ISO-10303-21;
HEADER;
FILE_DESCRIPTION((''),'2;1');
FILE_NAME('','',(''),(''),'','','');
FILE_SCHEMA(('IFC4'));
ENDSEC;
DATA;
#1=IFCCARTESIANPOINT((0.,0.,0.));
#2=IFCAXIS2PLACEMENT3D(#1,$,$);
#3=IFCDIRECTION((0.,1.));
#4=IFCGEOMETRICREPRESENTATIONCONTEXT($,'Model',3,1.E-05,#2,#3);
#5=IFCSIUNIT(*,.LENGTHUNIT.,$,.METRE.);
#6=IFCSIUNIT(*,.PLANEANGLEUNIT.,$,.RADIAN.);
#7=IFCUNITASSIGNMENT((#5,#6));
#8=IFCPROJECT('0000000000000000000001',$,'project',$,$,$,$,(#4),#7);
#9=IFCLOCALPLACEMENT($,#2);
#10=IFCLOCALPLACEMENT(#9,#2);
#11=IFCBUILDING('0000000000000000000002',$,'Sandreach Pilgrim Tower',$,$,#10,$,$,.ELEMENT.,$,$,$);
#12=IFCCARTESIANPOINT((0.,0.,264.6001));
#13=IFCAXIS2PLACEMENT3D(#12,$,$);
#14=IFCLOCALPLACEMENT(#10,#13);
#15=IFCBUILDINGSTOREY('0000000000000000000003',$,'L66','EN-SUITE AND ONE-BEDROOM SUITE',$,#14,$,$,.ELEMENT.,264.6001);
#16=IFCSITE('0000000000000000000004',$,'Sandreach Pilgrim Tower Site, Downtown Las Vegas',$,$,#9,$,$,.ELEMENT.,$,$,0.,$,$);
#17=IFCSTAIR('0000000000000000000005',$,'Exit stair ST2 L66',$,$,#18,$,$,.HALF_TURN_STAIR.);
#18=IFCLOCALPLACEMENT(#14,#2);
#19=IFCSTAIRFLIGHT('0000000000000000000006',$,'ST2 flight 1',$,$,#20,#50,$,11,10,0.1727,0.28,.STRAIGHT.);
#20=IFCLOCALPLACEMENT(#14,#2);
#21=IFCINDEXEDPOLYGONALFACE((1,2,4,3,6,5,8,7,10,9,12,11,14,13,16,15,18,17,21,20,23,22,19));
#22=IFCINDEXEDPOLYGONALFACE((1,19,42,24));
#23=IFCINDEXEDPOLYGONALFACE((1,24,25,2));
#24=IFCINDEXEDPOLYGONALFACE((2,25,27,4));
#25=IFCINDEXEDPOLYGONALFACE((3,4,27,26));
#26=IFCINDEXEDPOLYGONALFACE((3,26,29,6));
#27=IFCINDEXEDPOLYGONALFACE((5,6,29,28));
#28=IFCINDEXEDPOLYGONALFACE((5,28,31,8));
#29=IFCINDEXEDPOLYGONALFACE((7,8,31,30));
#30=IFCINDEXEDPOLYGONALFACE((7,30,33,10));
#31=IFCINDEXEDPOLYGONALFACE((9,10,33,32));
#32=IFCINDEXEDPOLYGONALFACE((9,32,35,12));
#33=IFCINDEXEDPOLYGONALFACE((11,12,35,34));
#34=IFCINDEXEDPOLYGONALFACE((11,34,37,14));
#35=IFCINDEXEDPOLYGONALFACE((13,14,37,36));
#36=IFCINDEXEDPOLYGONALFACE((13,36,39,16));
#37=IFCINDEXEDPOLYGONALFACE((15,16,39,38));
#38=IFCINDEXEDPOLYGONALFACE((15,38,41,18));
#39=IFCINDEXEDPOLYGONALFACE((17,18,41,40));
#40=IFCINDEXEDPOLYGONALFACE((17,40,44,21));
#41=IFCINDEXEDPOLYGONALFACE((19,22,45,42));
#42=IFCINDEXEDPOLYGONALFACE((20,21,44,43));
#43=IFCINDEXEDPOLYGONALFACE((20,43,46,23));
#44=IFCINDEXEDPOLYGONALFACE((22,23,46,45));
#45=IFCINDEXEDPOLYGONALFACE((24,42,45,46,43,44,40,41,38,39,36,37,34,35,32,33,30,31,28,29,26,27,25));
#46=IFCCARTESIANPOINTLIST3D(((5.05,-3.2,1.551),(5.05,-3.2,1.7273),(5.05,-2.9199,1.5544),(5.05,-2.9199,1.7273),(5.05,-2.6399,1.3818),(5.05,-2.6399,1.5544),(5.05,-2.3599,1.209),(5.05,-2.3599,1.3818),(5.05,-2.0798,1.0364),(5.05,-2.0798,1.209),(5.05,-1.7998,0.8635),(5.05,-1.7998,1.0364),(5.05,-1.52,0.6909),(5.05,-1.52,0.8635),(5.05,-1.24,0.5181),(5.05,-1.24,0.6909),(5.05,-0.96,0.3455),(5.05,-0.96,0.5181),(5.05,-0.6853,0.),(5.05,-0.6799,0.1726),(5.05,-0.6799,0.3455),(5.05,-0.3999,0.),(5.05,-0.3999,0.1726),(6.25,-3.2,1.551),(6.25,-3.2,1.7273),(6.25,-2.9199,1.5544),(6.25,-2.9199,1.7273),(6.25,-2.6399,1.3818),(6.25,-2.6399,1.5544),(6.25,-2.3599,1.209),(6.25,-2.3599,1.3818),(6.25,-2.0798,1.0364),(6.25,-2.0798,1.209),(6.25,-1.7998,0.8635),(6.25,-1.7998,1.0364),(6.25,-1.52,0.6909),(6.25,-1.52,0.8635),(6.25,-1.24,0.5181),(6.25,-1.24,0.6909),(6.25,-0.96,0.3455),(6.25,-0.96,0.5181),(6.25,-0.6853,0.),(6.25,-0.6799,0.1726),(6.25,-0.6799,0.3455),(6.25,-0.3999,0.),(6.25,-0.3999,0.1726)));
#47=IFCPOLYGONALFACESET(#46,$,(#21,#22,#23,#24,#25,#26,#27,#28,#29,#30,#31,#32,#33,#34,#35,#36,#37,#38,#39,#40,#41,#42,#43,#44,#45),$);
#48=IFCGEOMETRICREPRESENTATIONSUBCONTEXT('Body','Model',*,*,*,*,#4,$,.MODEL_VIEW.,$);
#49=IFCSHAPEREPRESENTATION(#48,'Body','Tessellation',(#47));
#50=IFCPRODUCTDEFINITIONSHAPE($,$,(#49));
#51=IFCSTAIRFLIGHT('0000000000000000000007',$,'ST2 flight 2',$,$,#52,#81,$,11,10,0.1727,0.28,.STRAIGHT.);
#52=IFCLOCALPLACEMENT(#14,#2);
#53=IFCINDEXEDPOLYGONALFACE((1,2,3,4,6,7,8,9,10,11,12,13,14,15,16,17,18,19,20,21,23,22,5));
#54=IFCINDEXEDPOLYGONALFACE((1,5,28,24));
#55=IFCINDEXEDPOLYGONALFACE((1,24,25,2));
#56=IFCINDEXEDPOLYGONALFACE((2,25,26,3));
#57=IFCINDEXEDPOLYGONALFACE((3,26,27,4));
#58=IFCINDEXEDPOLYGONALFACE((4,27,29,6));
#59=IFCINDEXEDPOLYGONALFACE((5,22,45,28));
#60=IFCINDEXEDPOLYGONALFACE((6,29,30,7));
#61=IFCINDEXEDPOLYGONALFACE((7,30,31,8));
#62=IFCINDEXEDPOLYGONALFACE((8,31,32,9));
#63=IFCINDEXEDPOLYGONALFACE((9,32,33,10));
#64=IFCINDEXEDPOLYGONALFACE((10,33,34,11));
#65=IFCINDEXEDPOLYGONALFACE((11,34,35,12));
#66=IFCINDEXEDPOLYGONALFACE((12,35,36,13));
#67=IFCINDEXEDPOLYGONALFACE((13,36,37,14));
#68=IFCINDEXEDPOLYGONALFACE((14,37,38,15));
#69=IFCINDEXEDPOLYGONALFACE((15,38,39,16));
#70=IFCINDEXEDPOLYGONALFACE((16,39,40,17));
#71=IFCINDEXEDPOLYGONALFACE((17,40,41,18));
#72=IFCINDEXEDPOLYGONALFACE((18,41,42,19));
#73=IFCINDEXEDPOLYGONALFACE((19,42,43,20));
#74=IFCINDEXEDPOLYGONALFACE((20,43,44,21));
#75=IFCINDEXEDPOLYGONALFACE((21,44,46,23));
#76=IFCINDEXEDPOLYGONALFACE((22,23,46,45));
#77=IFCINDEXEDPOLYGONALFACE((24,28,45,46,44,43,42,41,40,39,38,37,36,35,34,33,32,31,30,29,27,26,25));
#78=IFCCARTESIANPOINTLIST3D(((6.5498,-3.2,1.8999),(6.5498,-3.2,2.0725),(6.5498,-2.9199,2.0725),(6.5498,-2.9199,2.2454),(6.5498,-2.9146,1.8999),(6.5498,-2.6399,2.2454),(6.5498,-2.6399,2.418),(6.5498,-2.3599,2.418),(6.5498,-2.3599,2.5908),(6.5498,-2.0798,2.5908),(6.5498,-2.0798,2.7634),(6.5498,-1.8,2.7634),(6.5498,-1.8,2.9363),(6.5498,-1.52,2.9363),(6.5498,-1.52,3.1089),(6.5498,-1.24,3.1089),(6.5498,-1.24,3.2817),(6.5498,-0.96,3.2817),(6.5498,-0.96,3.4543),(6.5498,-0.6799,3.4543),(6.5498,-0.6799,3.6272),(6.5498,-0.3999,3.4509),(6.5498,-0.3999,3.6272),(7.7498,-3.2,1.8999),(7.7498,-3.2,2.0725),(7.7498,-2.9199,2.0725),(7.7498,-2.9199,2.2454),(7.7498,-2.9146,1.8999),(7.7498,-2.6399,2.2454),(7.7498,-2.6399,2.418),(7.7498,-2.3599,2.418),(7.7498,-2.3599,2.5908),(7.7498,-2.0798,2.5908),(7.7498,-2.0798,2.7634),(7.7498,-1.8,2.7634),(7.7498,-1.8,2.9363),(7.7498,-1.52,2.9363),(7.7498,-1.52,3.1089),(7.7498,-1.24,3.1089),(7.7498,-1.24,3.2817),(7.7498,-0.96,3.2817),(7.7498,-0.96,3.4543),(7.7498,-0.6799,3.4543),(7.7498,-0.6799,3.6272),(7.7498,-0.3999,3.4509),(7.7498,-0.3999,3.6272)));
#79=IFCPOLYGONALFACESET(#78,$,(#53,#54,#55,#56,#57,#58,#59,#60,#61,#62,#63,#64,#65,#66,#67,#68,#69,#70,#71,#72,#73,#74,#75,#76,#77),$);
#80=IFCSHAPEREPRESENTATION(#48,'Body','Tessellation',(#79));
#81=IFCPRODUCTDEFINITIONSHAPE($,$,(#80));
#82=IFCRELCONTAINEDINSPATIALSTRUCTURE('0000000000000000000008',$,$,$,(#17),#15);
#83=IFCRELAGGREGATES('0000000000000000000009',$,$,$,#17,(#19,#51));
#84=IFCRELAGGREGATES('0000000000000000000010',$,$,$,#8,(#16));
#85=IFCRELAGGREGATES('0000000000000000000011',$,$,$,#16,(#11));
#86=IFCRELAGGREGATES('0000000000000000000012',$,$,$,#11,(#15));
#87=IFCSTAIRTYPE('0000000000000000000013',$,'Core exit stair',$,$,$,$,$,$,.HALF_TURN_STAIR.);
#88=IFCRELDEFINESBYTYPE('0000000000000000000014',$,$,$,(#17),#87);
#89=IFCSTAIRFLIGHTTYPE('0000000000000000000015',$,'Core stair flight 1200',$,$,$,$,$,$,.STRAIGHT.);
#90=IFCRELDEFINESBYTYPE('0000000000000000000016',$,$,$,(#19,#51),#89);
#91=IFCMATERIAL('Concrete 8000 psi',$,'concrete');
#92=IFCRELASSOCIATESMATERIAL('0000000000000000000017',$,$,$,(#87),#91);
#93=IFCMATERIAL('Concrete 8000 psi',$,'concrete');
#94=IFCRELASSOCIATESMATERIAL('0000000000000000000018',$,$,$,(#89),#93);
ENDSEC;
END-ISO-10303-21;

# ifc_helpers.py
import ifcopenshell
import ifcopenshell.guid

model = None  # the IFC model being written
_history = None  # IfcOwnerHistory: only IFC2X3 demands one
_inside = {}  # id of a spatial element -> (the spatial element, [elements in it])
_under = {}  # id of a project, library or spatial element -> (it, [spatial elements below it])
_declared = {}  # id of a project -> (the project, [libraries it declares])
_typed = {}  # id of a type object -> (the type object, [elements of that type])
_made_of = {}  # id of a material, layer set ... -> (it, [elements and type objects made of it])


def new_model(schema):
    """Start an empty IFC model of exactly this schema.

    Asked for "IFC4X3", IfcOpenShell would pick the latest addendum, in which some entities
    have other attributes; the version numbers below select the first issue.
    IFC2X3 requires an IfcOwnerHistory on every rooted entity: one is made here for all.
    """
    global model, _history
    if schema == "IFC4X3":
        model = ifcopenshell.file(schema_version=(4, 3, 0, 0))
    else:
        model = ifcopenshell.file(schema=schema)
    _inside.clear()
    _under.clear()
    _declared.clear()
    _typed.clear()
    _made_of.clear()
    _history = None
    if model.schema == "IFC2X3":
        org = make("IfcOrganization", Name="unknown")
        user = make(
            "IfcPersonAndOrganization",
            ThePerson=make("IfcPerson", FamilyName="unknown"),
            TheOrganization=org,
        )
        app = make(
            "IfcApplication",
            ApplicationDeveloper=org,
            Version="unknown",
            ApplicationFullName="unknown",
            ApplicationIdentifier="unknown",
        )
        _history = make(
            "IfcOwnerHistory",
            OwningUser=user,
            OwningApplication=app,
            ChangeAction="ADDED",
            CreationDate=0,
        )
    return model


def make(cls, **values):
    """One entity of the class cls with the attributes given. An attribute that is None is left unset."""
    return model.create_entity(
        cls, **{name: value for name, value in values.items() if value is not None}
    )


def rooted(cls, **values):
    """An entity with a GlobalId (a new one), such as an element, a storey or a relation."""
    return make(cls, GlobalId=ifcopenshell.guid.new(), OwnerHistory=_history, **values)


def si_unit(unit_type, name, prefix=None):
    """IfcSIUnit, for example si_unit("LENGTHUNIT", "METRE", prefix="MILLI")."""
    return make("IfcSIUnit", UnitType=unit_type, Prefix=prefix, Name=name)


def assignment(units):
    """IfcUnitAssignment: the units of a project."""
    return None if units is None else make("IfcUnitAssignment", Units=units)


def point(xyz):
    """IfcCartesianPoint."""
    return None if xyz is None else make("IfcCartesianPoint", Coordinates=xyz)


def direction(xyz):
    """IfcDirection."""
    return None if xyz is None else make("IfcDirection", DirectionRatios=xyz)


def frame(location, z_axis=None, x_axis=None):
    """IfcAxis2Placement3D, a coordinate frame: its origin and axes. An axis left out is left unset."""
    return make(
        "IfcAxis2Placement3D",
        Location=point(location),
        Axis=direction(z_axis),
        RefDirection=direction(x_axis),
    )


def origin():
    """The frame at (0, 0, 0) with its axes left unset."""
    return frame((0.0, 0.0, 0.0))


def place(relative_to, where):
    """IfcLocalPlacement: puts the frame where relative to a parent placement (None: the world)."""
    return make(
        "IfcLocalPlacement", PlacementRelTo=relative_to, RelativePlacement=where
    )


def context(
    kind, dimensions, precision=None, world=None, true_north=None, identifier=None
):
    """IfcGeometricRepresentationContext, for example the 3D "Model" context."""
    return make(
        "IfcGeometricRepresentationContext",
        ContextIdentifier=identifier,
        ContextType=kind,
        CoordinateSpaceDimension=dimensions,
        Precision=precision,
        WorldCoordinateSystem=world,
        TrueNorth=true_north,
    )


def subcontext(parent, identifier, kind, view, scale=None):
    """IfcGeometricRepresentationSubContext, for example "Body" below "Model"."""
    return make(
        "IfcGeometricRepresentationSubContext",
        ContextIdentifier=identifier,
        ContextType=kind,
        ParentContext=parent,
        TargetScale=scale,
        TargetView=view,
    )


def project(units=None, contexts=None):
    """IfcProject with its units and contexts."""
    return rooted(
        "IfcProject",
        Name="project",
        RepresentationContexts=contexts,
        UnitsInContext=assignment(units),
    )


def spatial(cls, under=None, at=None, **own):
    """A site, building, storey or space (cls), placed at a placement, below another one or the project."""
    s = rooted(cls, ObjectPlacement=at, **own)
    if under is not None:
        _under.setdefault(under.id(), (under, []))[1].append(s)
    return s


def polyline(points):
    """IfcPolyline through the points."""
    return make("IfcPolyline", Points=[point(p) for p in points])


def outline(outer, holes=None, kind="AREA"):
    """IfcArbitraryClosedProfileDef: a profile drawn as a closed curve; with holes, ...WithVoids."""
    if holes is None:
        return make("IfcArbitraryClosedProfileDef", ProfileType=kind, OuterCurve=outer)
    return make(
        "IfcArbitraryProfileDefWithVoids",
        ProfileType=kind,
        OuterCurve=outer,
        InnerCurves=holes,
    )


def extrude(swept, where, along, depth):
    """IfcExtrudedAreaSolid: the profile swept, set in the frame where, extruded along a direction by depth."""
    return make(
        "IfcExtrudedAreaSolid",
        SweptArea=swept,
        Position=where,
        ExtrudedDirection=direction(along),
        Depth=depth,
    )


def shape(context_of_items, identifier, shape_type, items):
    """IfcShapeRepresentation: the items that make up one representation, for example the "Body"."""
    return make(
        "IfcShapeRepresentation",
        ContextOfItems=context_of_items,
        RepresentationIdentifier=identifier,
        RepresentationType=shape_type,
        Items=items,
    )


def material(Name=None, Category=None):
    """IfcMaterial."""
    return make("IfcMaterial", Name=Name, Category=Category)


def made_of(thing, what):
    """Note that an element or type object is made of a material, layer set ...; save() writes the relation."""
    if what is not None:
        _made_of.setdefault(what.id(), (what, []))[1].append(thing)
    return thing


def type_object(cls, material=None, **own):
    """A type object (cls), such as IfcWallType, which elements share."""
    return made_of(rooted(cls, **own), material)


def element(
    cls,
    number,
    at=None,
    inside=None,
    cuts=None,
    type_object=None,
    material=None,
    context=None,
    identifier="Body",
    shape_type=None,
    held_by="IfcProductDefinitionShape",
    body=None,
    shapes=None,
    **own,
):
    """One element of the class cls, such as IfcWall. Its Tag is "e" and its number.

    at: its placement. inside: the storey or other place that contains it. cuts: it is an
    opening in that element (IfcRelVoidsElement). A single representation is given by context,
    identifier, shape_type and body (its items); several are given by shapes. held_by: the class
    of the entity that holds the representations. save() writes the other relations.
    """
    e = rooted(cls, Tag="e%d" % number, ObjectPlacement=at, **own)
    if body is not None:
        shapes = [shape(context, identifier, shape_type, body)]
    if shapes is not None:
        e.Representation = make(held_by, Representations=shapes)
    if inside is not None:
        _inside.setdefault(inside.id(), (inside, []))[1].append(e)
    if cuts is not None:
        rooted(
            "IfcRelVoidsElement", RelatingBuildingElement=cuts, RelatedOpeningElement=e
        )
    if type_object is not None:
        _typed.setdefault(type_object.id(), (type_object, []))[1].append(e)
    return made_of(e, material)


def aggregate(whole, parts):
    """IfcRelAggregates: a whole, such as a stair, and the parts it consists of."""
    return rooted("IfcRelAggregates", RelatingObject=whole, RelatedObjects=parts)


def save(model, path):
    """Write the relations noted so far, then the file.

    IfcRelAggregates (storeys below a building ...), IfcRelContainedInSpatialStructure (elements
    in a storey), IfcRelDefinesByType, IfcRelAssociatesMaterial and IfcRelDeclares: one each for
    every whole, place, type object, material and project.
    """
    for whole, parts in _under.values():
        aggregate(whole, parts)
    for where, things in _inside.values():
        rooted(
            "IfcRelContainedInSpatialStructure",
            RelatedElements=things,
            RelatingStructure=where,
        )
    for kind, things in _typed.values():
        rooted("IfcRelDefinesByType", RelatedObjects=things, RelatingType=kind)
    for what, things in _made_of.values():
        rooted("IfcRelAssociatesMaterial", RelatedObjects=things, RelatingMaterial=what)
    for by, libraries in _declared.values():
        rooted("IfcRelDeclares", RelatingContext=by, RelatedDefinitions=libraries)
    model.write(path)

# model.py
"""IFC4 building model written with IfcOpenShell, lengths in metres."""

from ifc_helpers import new_model, si_unit, direction, frame, origin, place, context, subcontext, project, spatial, polyline, outline, extrude, material, type_object, element, aggregate, save


model = new_model("IFC4")

# Units and contexts
model_context = context("Model", 3, precision=1e-05, world=origin(), true_north=direction((0.0, 1.0)))
body_context = subcontext(model_context, "Body", "Model", "MODEL_VIEW")
ifc_project = project(units=[si_unit("LENGTHUNIT", "METRE"), si_unit("PLANEANGLEUNIT", "RADIAN")], contexts=[model_context])

# Site, building, storey
site_placement = place(None, origin())
site = spatial("IfcSite", under=ifc_project, at=site_placement, Name="Sandreach Pilgrim Tower Site, Downtown Las Vegas", CompositionType="ELEMENT", RefElevation=0.0)
building_placement = place(site_placement, origin())
building = spatial("IfcBuilding", under=site, at=building_placement, Name="Sandreach Pilgrim Tower", CompositionType="ELEMENT")
storey_placement = place(building_placement, frame((0.0, 0.0, 264.6001)))
storey = spatial("IfcBuildingStorey", under=building, at=storey_placement, Name="L66", Description="EN-SUITE AND ONE-BEDROOM SUITE", CompositionType="ELEMENT", Elevation=264.6001)

# Stair, stair flights
ifc_material_1 = material(Name="Concrete 8000 psi", Category="concrete")
stair_type = type_object("IfcStairType", Name="Core exit stair", PredefinedType="HALF_TURN_STAIR", material=ifc_material_1)
stair_placement = place(storey_placement, origin())
stair = element("IfcStair", 1, at=stair_placement, inside=storey, type_object=stair_type, Name="Exit stair ST2 L66", PredefinedType="HALF_TURN_STAIR")
ifc_material_2 = material(Name="Concrete 8000 psi", Category="concrete")
stair_flight_type = type_object("IfcStairFlightType", Name="Core stair flight 1200", PredefinedType="STRAIGHT", material=ifc_material_2)
stair_flight_1_placement = place(storey_placement, frame((5.6499, -0.3999, 0.0), z_axis=(0.0, 0.0, 1.0), x_axis=(0.0, -1.0, 0.0)))
stair_flight_1 = element("IfcStairFlight", 2, at=stair_flight_1_placement, type_object=stair_flight_type, Name="ST2 flight 1", NumberOfRisers=11, NumberOfTreads=10, PredefinedType="STRAIGHT", RiserHeight=0.1727, TreadLength=0.28, context=body_context, shape_type="SweptSolid", body=[
    extrude(outline(polyline([(0.0, 0.0), (0.0, 0.1726), (0.28, 0.1726), (0.28, 0.3455), (0.5601, 0.3455), (0.5601, 0.5181), (0.8401, 0.5181), (0.8401, 0.6909), (1.1201, 0.6909), (1.1201, 0.8635), (1.3999, 0.8635), (1.3999, 1.0364), (1.6799, 1.0364), (1.6799, 1.209), (1.96, 1.209), (1.96, 1.3818), (2.24, 1.3818), (2.24, 1.5544), (2.52, 1.5544), (2.52, 1.7273), (2.8, 1.7273), (2.8, 1.8999), (2.8, 1.551), (0.2854, 0.0), (0.0, 0.0)])), frame((0.0, 0.6001, 0.0), z_axis=(0.0, -1.0, 0.0), x_axis=(1.0, 0.0, 0.0)), (0.0, 0.0, 1.0), 1.2),
])
stair_flight_2_placement = place(storey_placement, frame((7.1499, -3.2, 1.8999), z_axis=(0.0, 0.0, 1.0), x_axis=(0.0, 1.0, 0.0)))
stair_flight_2 = element("IfcStairFlight", 3, at=stair_flight_2_placement, type_object=stair_flight_type, Name="ST2 flight 2", NumberOfRisers=11, NumberOfTreads=10, PredefinedType="STRAIGHT", RiserHeight=0.1727, TreadLength=0.28, context=body_context, shape_type="SweptSolid", body=[
    extrude(outline(polyline([(0.0, 0.0), (0.0, 0.1726), (0.28, 0.1726), (0.28, 0.3455), (0.5601, 0.3455), (0.5601, 0.5181), (0.8401, 0.5181), (0.8401, 0.6909), (1.1201, 0.6909), (1.1201, 0.8635), (1.3999, 0.8635), (1.3999, 1.0364), (1.6799, 1.0364), (1.6799, 1.209), (1.96, 1.209), (1.96, 1.3818), (2.24, 1.3818), (2.24, 1.5544), (2.52, 1.5544), (2.52, 1.7273), (2.8, 1.7273), (2.8, 1.8999), (2.8, 1.551), (0.2854, 0.0), (0.0, 0.0)])), frame((0.0, 0.6001, 0.0), z_axis=(0.0, -1.0, 0.0), x_axis=(1.0, 0.0, 0.0)), (0.0, 0.0, 1.0), 1.2),
])
aggregate(stair, [stair_flight_1, stair_flight_2])

save(model, "model.ifc")
